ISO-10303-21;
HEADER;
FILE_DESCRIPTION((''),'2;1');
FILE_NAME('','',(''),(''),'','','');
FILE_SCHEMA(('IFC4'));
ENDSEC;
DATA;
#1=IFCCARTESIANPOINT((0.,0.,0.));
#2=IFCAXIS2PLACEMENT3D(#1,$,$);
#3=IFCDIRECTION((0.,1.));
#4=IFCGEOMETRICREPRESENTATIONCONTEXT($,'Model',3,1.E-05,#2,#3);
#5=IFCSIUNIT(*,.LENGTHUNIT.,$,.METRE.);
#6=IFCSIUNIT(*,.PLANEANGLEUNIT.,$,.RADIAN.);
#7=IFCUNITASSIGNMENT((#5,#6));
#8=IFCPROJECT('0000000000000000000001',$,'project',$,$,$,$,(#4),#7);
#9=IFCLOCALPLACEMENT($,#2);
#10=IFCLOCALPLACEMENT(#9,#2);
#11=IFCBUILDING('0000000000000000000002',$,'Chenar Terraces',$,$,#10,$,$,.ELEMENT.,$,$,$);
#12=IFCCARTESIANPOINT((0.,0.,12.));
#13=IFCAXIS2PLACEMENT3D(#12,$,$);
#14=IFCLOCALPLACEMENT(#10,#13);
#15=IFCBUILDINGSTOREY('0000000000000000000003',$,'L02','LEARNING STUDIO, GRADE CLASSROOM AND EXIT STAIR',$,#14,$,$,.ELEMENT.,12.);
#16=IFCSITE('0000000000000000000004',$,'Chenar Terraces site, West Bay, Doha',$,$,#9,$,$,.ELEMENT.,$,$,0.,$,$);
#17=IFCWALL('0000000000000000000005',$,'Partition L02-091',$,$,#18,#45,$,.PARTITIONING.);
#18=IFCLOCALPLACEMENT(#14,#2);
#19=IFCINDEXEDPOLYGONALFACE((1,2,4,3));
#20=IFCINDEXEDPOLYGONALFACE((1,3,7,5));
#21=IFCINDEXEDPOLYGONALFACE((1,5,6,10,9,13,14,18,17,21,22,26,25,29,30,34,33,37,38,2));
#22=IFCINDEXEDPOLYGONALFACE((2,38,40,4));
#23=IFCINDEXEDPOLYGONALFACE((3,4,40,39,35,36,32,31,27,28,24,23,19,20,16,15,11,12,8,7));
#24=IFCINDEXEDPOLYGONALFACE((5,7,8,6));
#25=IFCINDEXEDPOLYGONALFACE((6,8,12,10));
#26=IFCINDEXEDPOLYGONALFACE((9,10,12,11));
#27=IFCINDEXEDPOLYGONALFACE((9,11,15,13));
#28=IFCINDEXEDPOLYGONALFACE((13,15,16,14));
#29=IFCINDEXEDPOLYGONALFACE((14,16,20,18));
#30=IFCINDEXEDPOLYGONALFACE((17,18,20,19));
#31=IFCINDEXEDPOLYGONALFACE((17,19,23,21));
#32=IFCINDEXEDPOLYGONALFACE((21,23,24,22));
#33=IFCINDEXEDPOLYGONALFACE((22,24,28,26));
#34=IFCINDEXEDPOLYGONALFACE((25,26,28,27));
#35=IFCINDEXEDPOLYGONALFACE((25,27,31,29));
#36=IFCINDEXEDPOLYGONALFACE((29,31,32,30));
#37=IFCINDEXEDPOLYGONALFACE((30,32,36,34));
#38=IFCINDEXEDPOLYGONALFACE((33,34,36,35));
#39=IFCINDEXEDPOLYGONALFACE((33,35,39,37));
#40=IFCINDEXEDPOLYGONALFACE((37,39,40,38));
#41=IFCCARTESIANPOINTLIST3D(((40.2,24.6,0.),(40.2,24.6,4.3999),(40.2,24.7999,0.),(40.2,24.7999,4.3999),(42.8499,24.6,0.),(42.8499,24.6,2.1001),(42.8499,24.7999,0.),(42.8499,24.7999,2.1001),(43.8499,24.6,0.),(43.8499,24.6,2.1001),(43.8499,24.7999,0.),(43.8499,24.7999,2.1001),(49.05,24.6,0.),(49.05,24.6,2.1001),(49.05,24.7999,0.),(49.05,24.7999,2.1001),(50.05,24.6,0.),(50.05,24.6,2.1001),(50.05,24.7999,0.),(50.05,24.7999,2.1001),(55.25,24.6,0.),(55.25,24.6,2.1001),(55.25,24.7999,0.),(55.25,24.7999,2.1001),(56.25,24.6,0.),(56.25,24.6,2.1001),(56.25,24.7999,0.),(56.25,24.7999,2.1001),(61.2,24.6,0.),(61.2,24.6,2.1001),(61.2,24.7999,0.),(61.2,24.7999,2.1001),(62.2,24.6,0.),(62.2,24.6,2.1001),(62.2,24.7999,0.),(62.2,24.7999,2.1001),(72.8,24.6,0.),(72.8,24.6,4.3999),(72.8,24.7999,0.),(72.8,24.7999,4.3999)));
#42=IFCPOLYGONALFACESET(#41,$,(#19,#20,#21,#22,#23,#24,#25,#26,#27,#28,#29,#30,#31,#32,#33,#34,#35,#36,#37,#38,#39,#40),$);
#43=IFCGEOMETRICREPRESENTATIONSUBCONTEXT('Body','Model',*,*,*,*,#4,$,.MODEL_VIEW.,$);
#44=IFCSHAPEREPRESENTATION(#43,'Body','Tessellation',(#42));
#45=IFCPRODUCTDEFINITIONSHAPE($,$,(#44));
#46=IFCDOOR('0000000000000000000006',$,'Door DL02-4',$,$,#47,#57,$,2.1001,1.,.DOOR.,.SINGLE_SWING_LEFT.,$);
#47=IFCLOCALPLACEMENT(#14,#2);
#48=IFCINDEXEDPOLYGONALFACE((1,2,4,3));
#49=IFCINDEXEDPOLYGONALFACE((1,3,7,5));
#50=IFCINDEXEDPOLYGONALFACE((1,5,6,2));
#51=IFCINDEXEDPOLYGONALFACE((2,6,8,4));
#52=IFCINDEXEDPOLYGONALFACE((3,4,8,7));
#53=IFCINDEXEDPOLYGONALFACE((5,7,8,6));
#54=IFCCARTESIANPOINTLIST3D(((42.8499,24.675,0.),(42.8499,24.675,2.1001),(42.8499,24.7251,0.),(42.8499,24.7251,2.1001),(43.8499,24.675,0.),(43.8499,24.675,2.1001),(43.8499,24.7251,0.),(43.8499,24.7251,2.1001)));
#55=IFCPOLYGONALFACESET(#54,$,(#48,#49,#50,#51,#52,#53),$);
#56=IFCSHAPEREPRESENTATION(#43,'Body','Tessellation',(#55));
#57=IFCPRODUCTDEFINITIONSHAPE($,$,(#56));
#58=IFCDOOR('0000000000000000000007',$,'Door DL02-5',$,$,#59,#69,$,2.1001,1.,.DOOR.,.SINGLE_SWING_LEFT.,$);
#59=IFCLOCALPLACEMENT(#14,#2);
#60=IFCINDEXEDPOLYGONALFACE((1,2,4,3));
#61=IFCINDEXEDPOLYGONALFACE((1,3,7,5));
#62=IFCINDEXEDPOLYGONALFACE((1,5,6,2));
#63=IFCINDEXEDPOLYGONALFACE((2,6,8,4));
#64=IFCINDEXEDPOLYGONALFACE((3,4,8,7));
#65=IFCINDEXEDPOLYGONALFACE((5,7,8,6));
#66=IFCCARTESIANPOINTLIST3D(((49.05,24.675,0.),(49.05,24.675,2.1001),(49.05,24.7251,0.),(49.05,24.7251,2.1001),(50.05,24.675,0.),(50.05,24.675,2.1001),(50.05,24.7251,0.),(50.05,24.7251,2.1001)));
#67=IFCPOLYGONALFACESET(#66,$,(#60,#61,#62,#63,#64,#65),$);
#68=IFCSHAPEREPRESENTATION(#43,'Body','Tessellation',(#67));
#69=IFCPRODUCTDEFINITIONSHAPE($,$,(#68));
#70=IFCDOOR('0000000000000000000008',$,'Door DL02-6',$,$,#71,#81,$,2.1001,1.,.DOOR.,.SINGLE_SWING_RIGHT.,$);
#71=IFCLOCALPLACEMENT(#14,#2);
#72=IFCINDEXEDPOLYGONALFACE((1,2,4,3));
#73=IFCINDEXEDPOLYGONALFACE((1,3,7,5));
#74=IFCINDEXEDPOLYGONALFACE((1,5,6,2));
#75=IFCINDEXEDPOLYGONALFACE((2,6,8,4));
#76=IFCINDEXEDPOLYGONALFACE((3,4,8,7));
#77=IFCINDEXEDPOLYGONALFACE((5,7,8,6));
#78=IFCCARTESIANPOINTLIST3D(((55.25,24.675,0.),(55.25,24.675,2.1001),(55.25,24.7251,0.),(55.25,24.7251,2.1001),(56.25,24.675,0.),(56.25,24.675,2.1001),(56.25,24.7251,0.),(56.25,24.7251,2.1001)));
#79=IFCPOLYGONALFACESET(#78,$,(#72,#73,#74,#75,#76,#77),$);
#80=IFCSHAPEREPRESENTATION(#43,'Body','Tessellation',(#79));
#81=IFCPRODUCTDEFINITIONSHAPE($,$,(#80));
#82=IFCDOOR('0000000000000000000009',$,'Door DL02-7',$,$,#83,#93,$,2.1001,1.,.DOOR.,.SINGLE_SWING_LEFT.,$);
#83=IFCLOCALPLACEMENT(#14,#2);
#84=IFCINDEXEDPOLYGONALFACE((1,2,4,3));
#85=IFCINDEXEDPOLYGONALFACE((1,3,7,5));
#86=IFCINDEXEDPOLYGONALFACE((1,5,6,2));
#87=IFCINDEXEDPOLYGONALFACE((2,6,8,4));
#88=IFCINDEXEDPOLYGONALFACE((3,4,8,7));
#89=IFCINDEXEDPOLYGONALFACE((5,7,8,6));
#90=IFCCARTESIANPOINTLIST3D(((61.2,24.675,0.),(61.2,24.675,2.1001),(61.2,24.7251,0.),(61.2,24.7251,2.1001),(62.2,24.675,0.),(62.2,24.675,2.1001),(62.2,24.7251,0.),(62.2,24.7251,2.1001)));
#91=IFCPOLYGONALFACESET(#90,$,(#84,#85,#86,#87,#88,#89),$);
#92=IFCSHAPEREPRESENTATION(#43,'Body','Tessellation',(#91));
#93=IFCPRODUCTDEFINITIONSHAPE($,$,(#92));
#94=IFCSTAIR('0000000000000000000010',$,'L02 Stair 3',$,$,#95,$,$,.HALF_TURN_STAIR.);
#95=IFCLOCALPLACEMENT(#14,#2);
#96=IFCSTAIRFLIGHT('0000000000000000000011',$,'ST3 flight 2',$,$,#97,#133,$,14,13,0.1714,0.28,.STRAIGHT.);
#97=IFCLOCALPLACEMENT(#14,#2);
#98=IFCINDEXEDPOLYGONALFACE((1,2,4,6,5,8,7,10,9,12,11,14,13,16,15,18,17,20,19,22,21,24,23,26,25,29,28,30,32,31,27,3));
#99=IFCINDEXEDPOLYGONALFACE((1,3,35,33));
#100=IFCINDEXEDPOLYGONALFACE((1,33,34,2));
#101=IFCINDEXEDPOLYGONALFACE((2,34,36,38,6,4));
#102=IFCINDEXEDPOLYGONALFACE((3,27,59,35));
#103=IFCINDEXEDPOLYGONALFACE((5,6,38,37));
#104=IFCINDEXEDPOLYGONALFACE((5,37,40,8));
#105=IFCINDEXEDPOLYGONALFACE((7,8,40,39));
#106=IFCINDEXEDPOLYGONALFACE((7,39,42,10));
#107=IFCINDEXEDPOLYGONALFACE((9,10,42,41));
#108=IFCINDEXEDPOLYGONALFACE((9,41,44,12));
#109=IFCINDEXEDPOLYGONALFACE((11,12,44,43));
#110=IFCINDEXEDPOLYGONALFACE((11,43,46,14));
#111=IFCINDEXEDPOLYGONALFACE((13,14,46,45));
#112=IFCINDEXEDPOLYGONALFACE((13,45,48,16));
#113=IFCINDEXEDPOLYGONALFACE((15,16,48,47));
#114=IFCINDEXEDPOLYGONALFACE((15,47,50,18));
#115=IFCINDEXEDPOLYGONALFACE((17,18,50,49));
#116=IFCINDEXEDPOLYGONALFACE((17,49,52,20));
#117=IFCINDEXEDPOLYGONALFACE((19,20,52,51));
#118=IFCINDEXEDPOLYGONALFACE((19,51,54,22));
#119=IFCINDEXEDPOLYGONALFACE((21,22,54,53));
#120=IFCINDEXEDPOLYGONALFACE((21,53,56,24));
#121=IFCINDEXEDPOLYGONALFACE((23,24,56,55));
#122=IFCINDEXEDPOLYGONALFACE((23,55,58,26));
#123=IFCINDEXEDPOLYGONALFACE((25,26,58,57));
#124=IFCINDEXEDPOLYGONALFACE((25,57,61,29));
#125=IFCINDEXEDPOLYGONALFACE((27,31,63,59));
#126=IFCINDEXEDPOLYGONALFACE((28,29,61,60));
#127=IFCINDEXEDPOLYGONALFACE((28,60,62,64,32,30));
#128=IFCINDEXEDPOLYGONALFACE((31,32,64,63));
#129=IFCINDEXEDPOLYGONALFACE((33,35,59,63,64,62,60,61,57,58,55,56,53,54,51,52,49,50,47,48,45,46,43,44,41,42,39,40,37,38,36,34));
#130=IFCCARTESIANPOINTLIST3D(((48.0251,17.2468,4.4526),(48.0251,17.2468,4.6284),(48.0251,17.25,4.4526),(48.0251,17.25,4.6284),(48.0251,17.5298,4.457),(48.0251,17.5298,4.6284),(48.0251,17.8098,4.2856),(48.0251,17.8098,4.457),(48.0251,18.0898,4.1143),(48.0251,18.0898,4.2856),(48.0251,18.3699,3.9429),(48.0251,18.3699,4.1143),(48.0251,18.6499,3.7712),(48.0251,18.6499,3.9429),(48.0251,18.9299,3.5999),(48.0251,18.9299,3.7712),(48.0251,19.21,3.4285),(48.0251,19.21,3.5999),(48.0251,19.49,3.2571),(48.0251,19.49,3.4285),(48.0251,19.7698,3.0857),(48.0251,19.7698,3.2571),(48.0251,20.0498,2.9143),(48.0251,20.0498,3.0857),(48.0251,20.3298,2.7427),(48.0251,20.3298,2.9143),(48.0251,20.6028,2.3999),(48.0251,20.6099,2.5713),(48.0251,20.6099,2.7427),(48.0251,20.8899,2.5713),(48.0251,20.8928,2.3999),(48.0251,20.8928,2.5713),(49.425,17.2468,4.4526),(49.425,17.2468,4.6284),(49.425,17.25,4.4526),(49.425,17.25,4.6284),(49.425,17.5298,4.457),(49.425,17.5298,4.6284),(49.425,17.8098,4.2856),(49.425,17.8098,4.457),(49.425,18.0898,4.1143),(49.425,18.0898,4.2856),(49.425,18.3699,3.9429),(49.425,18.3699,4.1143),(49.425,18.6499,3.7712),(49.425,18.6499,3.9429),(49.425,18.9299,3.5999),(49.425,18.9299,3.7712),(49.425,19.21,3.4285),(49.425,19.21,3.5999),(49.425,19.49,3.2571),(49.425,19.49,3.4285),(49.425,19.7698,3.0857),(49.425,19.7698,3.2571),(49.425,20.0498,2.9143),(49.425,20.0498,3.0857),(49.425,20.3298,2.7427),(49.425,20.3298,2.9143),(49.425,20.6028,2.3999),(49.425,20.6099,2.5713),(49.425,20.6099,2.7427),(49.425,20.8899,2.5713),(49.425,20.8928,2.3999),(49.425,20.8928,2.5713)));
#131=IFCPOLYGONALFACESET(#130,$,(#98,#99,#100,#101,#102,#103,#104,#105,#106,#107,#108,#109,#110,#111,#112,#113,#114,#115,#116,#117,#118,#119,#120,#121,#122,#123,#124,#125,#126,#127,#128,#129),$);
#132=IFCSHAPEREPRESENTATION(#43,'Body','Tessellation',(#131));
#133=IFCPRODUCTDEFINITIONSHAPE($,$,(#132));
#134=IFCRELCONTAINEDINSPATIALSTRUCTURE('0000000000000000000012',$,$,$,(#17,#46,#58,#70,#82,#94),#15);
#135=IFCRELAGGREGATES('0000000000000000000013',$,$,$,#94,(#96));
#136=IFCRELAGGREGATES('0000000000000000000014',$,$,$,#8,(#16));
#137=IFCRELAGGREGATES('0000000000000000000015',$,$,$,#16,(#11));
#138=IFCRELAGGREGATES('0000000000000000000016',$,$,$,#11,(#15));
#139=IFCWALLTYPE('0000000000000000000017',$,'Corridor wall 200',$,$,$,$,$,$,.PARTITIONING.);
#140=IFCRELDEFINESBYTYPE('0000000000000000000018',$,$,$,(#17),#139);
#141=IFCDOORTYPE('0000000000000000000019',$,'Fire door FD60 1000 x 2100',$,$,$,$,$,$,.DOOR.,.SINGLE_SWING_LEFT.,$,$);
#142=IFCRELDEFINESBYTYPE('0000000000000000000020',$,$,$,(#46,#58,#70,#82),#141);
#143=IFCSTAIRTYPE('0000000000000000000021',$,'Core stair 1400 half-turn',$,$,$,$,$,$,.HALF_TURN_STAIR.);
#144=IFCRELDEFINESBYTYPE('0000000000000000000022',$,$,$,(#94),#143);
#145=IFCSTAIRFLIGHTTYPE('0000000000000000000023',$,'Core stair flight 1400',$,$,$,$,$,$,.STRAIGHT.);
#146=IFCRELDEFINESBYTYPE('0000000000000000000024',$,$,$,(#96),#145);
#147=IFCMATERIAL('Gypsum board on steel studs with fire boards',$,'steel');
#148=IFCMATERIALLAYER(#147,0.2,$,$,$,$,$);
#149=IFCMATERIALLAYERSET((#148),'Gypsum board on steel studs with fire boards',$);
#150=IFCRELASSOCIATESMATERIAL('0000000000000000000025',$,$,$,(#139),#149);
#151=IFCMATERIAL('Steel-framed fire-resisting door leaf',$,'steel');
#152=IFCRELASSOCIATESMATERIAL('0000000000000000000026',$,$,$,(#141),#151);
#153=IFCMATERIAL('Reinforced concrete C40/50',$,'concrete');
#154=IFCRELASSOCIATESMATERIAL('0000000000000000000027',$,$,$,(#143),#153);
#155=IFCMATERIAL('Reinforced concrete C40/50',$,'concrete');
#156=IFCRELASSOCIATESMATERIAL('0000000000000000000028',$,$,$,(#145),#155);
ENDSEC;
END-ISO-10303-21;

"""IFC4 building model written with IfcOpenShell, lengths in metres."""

from ifc_helpers import new_model, si_unit, direction, frame, frame_2d, origin, place, context, subcontext, project, spatial, polyline, rectangle, outline, extrude, material, layer, layer_set, type_object, element, fill, aggregate, save


model = new_model("IFC4")

# Units and contexts
model_context = context("Model", 3, precision=1e-05, world=origin(), true_north=direction((0.0, 1.0)))
body_context = subcontext(model_context, "Body", "Model", "MODEL_VIEW")
ifc_project = project(units=[si_unit("LENGTHUNIT", "METRE"), si_unit("PLANEANGLEUNIT", "RADIAN")], contexts=[model_context])

# Site, building, storey
site_placement = place(None, origin())
site = spatial("IfcSite", under=ifc_project, at=site_placement, Name="Chenar Terraces site, West Bay, Doha", CompositionType="ELEMENT", RefElevation=0.0)
building_placement = place(site_placement, origin())
building = spatial("IfcBuilding", under=site, at=building_placement, Name="Chenar Terraces", CompositionType="ELEMENT")
storey_placement = place(building_placement, frame((0.0, 0.0, 12.0)))
storey = spatial("IfcBuildingStorey", under=building, at=storey_placement, Name="L02", Description="LEARNING STUDIO, GRADE CLASSROOM AND EXIT STAIR", CompositionType="ELEMENT", Elevation=12.0)

# Shared definitions
ifc_material_1 = material(Name="Gypsum board on steel studs with fire boards", Category="steel")
ifc_layer_1 = layer(ifc_material_1, 0.2)
ifc_layer_set_1 = layer_set([ifc_layer_1], Name="Gypsum board on steel studs with fire boards")
wall_type_1 = type_object("IfcWallType", Name="Corridor wall 200", PredefinedType="PARTITIONING", material=ifc_layer_set_1)
ifc_material_2 = material(Name="Steel-framed fire-resisting door leaf", Category="steel")
door_type = type_object("IfcDoorType", Name="Fire door FD60 1000 x 2100", OperationType="SINGLE_SWING_LEFT", PredefinedType="DOOR", material=ifc_material_2)

# Wall, openings, doors
wall_1_placement = place(storey_placement, frame((40.2, 24.7, 0.0), z_axis=(0.0, 0.0, 1.0), x_axis=(1.0, 0.0, 0.0)))
wall_1 = element("IfcWall", 1, at=wall_1_placement, inside=storey, type_object=wall_type_1, Name="Partition L02-091", PredefinedType="PARTITIONING", context=body_context, shape_type="SweptSolid", body=[
    extrude(rectangle(XDim=32.6001, YDim=0.2, at=frame_2d((16.3, 0.0))), origin(), (0.0, 0.0, 1.0), 4.3999),
])
opening_1_placement = place(wall_1_placement, frame((2.6499, 0.0, 0.0)))
opening_1 = element("IfcOpeningElement", 2, at=opening_1_placement, cuts=wall_1, PredefinedType="OPENING", context=body_context, shape_type="SweptSolid", body=[
    extrude(rectangle(XDim=1.0, YDim=2.1001, at=frame_2d((0.5, 1.05))), frame((0.0, 0.1099, 0.0), z_axis=(0.0, -1.0, 0.0), x_axis=(1.0, 0.0, 0.0)), (0.0, 0.0, 1.0), 0.22),
])
opening_2_placement = place(wall_1_placement, frame((8.8501, 0.0, 0.0)))
opening_2 = element("IfcOpeningElement", 3, at=opening_2_placement, cuts=wall_1, PredefinedType="OPENING", context=body_context, shape_type="SweptSolid", body=[
    extrude(rectangle(XDim=1.0, YDim=2.1001, at=frame_2d((0.5, 1.05))), frame((0.0, 0.1099, 0.0), z_axis=(0.0, -1.0, 0.0), x_axis=(1.0, 0.0, 0.0)), (0.0, 0.0, 1.0), 0.22),
])
opening_3_placement = place(wall_1_placement, frame((15.05, 0.0, 0.0)))
opening_3 = element("IfcOpeningElement", 4, at=opening_3_placement, cuts=wall_1, PredefinedType="OPENING", context=body_context, shape_type="SweptSolid", body=[
    extrude(rectangle(XDim=1.0, YDim=2.1001, at=frame_2d((0.5, 1.05))), frame((0.0, 0.1099, 0.0), z_axis=(0.0, -1.0, 0.0), x_axis=(1.0, 0.0, 0.0)), (0.0, 0.0, 1.0), 0.22),
])
opening_4_placement = place(wall_1_placement, frame((21.0, 0.0, 0.0)))
opening_4 = element("IfcOpeningElement", 5, at=opening_4_placement, cuts=wall_1, PredefinedType="OPENING", context=body_context, shape_type="SweptSolid", body=[
    extrude(rectangle(XDim=1.0, YDim=2.1001, at=frame_2d((0.5, 1.05))), frame((0.0, 0.1099, 0.0), z_axis=(0.0, -1.0, 0.0), x_axis=(1.0, 0.0, 0.0)), (0.0, 0.0, 1.0), 0.22),
])
door_1_placement = place(opening_1_placement, frame((1.0, 0.0, 0.0), z_axis=(0.0, 0.0, 1.0), x_axis=(-1.0, 0.0, 0.0)))
door_1 = element("IfcDoor", 6, at=door_1_placement, inside=storey, type_object=door_type, Name="Door DL02-4", OperationType="SINGLE_SWING_LEFT", OverallHeight=2.1001, OverallWidth=1.0, PredefinedType="DOOR", context=body_context, shape_type="SweptSolid", body=[
    extrude(rectangle(XDim=1.0, YDim=2.1001, at=frame_2d((0.5, 1.05))), frame((0.0, 0.0249, 0.0), z_axis=(0.0, -1.0, 0.0), x_axis=(1.0, 0.0, 0.0)), (0.0, 0.0, 1.0), 0.05),
])
fill(opening_1, door_1)
door_2_placement = place(opening_2_placement, frame((1.0, 0.0, 0.0), z_axis=(0.0, 0.0, 1.0), x_axis=(-1.0, 0.0, 0.0)))
door_2 = element("IfcDoor", 7, at=door_2_placement, inside=storey, type_object=door_type, Name="Door DL02-5", OperationType="SINGLE_SWING_LEFT", OverallHeight=2.1001, OverallWidth=1.0, PredefinedType="DOOR", context=body_context, shape_type="SweptSolid", body=[
    extrude(rectangle(XDim=1.0, YDim=2.1001, at=frame_2d((0.5, 1.05))), frame((0.0, 0.0249, 0.0), z_axis=(0.0, -1.0, 0.0), x_axis=(1.0, 0.0, 0.0)), (0.0, 0.0, 1.0), 0.05),
])
fill(opening_2, door_2)
door_3_placement = place(opening_3_placement, frame((1.0, 0.0, 0.0), z_axis=(0.0, 0.0, 1.0), x_axis=(-1.0, 0.0, 0.0)))
door_3 = element("IfcDoor", 8, at=door_3_placement, inside=storey, type_object=door_type, Name="Door DL02-6", OperationType="SINGLE_SWING_RIGHT", OverallHeight=2.1001, OverallWidth=1.0, PredefinedType="DOOR", context=body_context, shape_type="SweptSolid", body=[
    extrude(rectangle(XDim=1.0, YDim=2.1001, at=frame_2d((0.5, 1.05))), frame((0.0, 0.0249, 0.0), z_axis=(0.0, -1.0, 0.0), x_axis=(1.0, 0.0, 0.0)), (0.0, 0.0, 1.0), 0.05),
])
fill(opening_3, door_3)
door_4_placement = place(opening_4_placement, frame((1.0, 0.0, 0.0), z_axis=(0.0, 0.0, 1.0), x_axis=(-1.0, 0.0, 0.0)))
door_4 = element("IfcDoor", 9, at=door_4_placement, inside=storey, type_object=door_type, Name="Door DL02-7", OperationType="SINGLE_SWING_LEFT", OverallHeight=2.1001, OverallWidth=1.0, PredefinedType="DOOR", context=body_context, shape_type="SweptSolid", body=[
    extrude(rectangle(XDim=1.0, YDim=2.1001, at=frame_2d((0.5, 1.05))), frame((0.0, 0.0249, 0.0), z_axis=(0.0, -1.0, 0.0), x_axis=(1.0, 0.0, 0.0)), (0.0, 0.0, 1.0), 0.05),
])
fill(opening_4, door_4)

# Stair, stair flight
ifc_material_3 = material(Name="Reinforced concrete C40/50", Category="concrete")
stair_type = type_object("IfcStairType", Name="Core stair 1400 half-turn", PredefinedType="HALF_TURN_STAIR", material=ifc_material_3)
placement = place(storey_placement, origin())
stair_1 = element("IfcStair", 10, at=placement, inside=storey, type_object=stair_type, Name="L02 Stair 3", PredefinedType="HALF_TURN_STAIR")
ifc_material_4 = material(Name="Reinforced concrete C40/50", Category="concrete")
stair_flight_type = type_object("IfcStairFlightType", Name="Core stair flight 1400", PredefinedType="STRAIGHT", material=ifc_material_4)
stair_flight_1_placement = place(storey_placement, frame((48.7251, 20.8899, 2.3999), z_axis=(0.0, 0.0, 1.0), x_axis=(0.0, -1.0, 0.0)))
stair_flight_1 = element("IfcStairFlight", 11, at=stair_flight_1_placement, type_object=stair_flight_type, Name="ST3 flight 2", NumberOfRisers=14, NumberOfTreads=13, PredefinedType="STRAIGHT", RiserHeight=0.1714, TreadLength=0.28, context=body_context, shape_type="SweptSolid", body=[
    extrude(outline(polyline([(-0.0029, 0.0), (-0.0029, 0.1714), (0.0, 0.1714), (0.28, 0.1714), (0.28, 0.3428), (0.5601, 0.3428), (0.5601, 0.5144), (0.8401, 0.5144), (0.8401, 0.6858), (1.1201, 0.6858), (1.1201, 0.8572), (1.3999, 0.8572), (1.3999, 1.0286), (1.6799, 1.0286), (1.6799, 1.2), (1.96, 1.2), (1.96, 1.3713), (2.24, 1.3713), (2.24, 1.543), (2.52, 1.543), (2.52, 1.7144), (2.8, 1.7144), (2.8, 1.8857), (3.0801, 1.8857), (3.0801, 2.0571), (3.3601, 2.0571), (3.3601, 2.2285), (3.6399, 2.2285), (3.6431, 2.2285), (3.6431, 2.0527), (3.6399, 2.0527), (0.2871, 0.0), (-0.0029, 0.0)])), frame((0.0, 0.7, 0.0), z_axis=(0.0, -1.0, 0.0), x_axis=(1.0, 0.0, 0.0)), (0.0, 0.0, 1.0), 1.3999),
])
aggregate(stair_1, [stair_flight_1])

save(model, "model.ifc")
